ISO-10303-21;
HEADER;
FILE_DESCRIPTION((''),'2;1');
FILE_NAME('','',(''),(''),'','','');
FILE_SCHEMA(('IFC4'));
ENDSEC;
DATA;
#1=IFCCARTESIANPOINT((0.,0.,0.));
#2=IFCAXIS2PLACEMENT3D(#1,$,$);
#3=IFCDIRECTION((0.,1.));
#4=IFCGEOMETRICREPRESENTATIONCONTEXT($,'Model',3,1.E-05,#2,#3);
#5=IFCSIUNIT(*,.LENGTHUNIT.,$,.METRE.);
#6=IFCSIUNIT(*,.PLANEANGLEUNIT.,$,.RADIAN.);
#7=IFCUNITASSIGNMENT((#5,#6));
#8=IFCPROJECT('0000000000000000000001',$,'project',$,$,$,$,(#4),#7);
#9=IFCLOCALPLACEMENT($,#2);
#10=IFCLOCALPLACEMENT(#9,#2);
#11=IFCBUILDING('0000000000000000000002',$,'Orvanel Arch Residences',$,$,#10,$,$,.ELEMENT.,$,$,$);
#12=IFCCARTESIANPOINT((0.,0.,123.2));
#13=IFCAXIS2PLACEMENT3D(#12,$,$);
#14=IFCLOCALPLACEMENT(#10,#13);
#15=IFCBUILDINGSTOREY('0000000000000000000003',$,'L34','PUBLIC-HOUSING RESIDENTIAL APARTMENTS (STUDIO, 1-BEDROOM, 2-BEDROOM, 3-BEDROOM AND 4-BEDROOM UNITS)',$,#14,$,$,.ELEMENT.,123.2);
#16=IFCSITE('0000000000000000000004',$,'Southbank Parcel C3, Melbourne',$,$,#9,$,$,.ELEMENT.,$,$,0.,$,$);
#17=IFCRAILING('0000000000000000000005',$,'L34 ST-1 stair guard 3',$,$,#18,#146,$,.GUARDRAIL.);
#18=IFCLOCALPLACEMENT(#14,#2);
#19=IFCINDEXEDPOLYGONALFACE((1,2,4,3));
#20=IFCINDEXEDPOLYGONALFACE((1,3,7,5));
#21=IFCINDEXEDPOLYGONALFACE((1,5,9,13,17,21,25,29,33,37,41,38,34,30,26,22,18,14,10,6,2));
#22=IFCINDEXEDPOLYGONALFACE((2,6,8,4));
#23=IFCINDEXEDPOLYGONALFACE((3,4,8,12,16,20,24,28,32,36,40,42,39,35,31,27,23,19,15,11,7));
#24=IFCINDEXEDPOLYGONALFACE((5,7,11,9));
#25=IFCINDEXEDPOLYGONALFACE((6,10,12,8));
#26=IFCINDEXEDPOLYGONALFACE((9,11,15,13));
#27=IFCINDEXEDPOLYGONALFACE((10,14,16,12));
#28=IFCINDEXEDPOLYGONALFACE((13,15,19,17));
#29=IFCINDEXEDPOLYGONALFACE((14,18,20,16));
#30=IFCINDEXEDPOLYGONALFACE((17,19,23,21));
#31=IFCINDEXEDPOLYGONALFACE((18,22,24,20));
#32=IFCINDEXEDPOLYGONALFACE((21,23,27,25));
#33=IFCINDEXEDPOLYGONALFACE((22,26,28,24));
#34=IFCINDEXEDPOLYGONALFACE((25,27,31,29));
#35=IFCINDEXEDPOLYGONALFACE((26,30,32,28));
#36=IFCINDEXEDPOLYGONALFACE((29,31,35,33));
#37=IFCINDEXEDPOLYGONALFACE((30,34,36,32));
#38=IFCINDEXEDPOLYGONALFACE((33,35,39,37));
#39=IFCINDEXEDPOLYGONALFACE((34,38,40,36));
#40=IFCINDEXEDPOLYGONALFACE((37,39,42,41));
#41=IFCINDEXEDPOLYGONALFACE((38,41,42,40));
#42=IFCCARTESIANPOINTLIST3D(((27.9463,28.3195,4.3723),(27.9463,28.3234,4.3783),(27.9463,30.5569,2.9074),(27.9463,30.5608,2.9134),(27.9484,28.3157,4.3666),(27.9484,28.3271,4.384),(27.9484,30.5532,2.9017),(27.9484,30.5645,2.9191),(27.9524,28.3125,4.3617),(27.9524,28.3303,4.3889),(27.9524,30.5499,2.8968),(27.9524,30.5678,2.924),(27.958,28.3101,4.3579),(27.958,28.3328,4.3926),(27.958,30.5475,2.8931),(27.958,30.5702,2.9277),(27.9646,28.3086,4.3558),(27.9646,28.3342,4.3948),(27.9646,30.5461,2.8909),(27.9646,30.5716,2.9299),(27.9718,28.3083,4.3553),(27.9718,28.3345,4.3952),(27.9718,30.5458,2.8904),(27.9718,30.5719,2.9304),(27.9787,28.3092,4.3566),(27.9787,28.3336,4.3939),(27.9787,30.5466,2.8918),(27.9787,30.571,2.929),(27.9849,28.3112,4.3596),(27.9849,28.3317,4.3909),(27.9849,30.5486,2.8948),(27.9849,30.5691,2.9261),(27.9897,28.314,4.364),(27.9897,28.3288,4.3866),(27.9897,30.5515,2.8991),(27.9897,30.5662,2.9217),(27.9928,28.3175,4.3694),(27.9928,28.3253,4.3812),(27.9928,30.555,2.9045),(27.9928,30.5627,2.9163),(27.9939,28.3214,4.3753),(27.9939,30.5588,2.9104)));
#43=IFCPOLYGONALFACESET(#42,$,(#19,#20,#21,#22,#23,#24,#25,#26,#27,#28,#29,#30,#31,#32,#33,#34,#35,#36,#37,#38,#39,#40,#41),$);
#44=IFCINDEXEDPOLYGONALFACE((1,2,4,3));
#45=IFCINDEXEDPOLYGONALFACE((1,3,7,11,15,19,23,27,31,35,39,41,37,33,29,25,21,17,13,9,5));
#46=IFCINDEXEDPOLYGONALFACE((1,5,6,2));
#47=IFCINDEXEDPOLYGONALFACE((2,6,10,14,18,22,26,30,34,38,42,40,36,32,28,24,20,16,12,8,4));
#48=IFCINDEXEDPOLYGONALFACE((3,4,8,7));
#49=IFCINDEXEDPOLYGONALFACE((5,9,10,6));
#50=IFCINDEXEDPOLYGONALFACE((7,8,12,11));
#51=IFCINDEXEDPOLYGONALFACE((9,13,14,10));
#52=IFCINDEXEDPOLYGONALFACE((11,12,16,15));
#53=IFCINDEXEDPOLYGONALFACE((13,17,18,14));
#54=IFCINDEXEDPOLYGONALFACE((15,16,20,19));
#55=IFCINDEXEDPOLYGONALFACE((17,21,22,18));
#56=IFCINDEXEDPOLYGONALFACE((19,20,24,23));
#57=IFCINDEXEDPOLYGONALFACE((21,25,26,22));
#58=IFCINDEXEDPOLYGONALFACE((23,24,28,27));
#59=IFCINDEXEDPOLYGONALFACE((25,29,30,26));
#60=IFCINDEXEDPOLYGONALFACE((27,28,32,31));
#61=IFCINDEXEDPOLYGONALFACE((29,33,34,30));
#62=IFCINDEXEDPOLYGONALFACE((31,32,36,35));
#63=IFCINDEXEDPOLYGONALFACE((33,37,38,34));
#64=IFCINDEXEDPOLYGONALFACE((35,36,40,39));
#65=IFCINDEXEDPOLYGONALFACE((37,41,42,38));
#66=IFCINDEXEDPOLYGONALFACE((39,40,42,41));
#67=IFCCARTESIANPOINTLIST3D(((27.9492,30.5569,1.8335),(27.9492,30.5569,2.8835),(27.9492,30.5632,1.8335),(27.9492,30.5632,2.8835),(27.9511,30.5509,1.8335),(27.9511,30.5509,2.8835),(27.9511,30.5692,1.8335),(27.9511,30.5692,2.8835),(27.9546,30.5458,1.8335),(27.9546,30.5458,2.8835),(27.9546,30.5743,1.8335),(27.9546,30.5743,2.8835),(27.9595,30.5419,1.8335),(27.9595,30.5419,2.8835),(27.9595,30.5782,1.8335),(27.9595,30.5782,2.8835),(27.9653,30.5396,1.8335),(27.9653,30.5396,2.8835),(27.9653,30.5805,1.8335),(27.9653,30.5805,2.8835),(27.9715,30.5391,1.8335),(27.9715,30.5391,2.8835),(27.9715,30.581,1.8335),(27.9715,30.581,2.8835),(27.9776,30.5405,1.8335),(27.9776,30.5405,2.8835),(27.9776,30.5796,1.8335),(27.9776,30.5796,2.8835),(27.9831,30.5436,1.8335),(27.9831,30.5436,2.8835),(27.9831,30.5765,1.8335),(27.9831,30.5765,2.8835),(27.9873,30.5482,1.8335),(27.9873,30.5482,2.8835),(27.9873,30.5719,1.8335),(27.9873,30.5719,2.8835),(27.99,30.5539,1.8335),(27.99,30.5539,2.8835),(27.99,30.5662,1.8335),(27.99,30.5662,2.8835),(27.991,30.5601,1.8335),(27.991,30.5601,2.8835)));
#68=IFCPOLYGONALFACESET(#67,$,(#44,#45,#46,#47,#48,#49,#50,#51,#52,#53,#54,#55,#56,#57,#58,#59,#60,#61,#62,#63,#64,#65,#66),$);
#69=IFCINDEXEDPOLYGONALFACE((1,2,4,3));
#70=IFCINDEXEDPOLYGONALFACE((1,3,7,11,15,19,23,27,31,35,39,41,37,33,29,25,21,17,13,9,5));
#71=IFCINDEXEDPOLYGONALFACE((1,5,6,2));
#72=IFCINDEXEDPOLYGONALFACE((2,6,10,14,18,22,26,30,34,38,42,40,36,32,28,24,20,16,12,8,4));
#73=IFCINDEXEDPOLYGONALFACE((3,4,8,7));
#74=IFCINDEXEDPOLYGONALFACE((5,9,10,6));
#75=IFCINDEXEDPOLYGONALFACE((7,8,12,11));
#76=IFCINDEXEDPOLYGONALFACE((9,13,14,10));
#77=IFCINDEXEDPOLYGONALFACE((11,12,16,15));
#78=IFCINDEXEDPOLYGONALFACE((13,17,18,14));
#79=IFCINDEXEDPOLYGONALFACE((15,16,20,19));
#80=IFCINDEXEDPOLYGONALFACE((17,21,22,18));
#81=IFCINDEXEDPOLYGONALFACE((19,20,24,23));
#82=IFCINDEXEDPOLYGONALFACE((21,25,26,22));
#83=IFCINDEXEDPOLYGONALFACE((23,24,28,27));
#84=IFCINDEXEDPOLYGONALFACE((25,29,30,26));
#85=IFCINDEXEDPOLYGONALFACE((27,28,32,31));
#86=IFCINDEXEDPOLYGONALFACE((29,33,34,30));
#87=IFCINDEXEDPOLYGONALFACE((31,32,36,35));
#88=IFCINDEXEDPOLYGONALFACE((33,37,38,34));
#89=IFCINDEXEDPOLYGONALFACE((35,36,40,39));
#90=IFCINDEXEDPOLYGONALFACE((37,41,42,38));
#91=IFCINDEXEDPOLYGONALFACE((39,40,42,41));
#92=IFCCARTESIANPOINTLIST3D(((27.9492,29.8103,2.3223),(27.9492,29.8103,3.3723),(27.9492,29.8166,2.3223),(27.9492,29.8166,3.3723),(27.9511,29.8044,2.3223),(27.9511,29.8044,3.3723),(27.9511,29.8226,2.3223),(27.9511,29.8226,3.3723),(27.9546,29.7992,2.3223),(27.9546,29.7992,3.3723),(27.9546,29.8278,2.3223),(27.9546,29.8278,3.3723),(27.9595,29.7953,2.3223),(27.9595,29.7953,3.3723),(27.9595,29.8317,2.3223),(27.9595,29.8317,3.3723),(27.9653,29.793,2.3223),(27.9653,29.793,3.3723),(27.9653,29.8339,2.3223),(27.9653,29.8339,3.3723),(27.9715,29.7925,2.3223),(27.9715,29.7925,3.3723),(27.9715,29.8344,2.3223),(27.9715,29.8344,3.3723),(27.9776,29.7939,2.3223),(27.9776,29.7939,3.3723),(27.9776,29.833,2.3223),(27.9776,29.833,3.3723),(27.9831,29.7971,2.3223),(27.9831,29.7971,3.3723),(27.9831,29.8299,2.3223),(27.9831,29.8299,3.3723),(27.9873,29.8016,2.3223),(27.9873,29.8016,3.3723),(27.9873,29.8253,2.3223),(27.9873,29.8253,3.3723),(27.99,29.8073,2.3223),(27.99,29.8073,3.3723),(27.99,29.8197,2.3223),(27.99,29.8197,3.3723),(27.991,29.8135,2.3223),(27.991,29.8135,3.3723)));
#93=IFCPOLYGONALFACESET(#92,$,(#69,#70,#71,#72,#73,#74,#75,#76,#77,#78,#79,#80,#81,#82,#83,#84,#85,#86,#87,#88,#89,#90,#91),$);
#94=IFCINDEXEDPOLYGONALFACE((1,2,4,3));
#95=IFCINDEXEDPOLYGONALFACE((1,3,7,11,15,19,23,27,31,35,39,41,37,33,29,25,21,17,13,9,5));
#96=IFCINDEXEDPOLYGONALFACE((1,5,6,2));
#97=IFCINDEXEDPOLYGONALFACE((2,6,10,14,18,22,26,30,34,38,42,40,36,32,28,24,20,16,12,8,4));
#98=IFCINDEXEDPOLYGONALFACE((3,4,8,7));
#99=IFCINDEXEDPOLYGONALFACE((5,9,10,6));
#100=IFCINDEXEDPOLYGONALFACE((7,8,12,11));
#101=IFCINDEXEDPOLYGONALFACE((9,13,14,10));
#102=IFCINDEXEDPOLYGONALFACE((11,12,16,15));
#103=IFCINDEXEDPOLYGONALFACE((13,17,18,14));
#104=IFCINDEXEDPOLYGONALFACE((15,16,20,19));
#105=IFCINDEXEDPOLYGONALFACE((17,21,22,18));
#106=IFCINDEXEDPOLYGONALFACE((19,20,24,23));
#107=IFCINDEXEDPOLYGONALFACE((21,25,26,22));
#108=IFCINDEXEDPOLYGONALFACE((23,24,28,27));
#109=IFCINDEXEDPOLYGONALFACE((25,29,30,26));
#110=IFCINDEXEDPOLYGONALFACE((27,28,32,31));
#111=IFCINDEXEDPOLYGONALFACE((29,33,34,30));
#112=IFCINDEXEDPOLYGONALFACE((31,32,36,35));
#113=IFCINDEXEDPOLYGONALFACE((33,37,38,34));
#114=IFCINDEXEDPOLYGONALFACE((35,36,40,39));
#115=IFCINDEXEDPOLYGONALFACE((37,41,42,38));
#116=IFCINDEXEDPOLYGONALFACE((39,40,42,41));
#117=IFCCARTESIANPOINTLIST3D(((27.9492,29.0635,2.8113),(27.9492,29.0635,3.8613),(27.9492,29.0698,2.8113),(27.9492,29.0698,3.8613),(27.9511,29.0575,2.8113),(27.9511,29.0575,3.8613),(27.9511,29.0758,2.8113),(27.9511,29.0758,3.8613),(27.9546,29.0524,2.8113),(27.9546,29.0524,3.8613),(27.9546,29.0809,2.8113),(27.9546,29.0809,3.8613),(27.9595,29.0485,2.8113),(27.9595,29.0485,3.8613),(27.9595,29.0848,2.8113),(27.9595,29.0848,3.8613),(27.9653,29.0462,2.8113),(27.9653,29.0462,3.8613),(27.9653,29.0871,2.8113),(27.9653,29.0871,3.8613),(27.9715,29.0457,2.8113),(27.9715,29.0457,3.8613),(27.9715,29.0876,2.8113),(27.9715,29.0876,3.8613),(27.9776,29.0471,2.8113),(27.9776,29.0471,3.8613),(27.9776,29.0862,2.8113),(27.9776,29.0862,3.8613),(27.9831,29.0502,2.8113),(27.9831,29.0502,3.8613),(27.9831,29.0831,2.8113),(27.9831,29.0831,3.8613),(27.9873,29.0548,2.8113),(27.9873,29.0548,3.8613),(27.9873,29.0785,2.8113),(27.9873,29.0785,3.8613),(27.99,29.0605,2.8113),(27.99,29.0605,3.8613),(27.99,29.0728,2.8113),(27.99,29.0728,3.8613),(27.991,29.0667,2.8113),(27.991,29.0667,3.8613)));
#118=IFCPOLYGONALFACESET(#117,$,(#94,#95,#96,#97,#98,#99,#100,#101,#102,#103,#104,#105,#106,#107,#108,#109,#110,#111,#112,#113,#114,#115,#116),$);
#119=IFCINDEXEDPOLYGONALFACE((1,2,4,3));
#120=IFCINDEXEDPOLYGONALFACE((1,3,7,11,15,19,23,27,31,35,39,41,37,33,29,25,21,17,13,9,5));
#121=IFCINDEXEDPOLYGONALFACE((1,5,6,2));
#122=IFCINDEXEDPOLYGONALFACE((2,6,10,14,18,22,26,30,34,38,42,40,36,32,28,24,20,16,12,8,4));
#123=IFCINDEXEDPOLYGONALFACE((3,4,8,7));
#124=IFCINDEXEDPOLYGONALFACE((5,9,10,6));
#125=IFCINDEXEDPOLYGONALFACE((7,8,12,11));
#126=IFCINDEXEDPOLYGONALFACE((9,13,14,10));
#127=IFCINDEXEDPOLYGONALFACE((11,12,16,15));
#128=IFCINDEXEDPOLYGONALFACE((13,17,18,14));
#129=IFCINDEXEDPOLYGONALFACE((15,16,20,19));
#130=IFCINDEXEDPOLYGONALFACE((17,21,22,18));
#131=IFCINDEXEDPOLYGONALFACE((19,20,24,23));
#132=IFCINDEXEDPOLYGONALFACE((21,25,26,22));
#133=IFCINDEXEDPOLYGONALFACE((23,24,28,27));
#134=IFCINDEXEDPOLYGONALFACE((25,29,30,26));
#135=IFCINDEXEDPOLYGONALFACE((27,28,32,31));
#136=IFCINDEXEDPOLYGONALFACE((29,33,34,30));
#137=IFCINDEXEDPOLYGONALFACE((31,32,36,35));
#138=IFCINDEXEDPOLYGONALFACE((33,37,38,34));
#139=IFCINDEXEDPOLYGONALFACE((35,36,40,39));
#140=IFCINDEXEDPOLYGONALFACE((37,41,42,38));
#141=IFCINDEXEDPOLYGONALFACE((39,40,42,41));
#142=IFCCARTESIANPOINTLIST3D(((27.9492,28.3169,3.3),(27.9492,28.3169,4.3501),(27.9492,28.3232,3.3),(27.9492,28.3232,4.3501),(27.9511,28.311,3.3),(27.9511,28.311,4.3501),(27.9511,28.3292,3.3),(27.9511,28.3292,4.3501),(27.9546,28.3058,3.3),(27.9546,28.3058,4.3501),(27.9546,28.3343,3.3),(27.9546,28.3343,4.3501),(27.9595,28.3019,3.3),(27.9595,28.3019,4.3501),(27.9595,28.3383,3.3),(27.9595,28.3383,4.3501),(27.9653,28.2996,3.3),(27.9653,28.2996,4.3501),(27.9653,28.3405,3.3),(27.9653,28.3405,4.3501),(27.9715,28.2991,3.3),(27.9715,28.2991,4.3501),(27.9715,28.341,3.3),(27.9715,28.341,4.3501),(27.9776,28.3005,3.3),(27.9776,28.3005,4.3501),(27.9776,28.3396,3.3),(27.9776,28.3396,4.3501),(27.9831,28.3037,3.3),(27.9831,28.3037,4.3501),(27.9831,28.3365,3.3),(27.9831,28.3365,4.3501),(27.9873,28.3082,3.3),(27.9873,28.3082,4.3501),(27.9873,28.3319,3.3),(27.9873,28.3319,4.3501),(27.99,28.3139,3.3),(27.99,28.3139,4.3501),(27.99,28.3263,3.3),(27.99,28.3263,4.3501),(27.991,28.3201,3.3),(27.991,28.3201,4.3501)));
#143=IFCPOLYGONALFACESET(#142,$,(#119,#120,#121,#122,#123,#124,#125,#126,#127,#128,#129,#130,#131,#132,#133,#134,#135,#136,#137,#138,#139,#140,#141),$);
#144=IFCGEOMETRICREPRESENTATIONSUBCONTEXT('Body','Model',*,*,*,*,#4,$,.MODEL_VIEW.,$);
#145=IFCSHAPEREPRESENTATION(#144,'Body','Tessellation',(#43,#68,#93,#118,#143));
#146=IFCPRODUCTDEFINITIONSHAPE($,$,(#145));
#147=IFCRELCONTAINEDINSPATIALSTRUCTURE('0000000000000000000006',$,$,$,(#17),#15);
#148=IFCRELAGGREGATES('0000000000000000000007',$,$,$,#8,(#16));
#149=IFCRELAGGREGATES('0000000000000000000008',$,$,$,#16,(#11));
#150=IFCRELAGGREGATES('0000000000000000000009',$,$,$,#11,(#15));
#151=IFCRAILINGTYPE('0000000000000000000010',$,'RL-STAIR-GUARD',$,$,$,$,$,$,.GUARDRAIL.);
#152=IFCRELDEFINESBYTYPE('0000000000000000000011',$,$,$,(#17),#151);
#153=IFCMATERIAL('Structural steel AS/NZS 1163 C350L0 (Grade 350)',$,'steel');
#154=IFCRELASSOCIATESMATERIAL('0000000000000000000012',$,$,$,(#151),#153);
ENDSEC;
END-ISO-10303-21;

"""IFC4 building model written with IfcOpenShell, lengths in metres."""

from ifc_helpers import new_model, si_unit, direction, frame, origin, origin_2d, place, context, subcontext, project, spatial, circle, extrude, material, type_object, element, save


model = new_model("IFC4")

# Units and contexts
model_context = context("Model", 3, precision=1e-05, world=origin(), true_north=direction((0.0, 1.0)))
body_context = subcontext(model_context, "Body", "Model", "MODEL_VIEW")
ifc_project = project(units=[si_unit("LENGTHUNIT", "METRE"), si_unit("PLANEANGLEUNIT", "RADIAN")], contexts=[model_context])

# Site, building, storey
site_placement = place(None, origin())
site = spatial("IfcSite", under=ifc_project, at=site_placement, Name="Southbank Parcel C3, Melbourne", CompositionType="ELEMENT", RefElevation=0.0)
building_placement = place(site_placement, origin())
building = spatial("IfcBuilding", under=site, at=building_placement, Name="Orvanel Arch Residences", CompositionType="ELEMENT")
storey_placement = place(building_placement, frame((0.0, 0.0, 123.2)))
storey = spatial("IfcBuildingStorey", under=building, at=storey_placement, Name="L34", Description="PUBLIC-HOUSING RESIDENTIAL APARTMENTS (STUDIO, 1-BEDROOM, 2-BEDROOM, 3-BEDROOM AND 4-BEDROOM UNITS)", CompositionType="ELEMENT", Elevation=123.2)

# Railing
ifc_material_1 = material(Name="Structural steel AS/NZS 1163 C350L0 (Grade 350)", Category="steel")
railing_type_1 = type_object("IfcRailingType", Name="RL-STAIR-GUARD", PredefinedType="GUARDRAIL", material=ifc_material_1)
railing_1_placement = place(storey_placement, frame((27.97, 30.5601, 1.8335)))
element("IfcRailing", 1, at=railing_1_placement, inside=storey, type_object=railing_type_1, Name="L34 ST-1 stair guard 3", PredefinedType="GUARDRAIL", context=body_context, shape_type="SweptSolid", body=[
    extrude(circle(Radius=0.0239, at=origin_2d()), frame((0.0, -0.0012, 1.0769), z_axis=(0.0, -0.836637, 0.547758), x_axis=(1.0, 0.0, 0.0)), (0.0, 0.0, 1.0), 2.6743),
    extrude(circle(Radius=0.021, at=origin_2d()), origin(), (0.0, 0.0, 1.0), 1.05),
    extrude(circle(Radius=0.021, at=origin_2d()), frame((0.0, -0.7466, 0.4888)), (0.0, 0.0, 1.0), 1.05),
    extrude(circle(Radius=0.021, at=origin_2d()), frame((0.0, -1.4934, 0.9778)), (0.0, 0.0, 1.0), 1.05),
    extrude(circle(Radius=0.021, at=origin_2d()), frame((0.0, -2.24, 1.4666)), (0.0, 0.0, 1.0), 1.05),
])

save(model, "model.ifc")
